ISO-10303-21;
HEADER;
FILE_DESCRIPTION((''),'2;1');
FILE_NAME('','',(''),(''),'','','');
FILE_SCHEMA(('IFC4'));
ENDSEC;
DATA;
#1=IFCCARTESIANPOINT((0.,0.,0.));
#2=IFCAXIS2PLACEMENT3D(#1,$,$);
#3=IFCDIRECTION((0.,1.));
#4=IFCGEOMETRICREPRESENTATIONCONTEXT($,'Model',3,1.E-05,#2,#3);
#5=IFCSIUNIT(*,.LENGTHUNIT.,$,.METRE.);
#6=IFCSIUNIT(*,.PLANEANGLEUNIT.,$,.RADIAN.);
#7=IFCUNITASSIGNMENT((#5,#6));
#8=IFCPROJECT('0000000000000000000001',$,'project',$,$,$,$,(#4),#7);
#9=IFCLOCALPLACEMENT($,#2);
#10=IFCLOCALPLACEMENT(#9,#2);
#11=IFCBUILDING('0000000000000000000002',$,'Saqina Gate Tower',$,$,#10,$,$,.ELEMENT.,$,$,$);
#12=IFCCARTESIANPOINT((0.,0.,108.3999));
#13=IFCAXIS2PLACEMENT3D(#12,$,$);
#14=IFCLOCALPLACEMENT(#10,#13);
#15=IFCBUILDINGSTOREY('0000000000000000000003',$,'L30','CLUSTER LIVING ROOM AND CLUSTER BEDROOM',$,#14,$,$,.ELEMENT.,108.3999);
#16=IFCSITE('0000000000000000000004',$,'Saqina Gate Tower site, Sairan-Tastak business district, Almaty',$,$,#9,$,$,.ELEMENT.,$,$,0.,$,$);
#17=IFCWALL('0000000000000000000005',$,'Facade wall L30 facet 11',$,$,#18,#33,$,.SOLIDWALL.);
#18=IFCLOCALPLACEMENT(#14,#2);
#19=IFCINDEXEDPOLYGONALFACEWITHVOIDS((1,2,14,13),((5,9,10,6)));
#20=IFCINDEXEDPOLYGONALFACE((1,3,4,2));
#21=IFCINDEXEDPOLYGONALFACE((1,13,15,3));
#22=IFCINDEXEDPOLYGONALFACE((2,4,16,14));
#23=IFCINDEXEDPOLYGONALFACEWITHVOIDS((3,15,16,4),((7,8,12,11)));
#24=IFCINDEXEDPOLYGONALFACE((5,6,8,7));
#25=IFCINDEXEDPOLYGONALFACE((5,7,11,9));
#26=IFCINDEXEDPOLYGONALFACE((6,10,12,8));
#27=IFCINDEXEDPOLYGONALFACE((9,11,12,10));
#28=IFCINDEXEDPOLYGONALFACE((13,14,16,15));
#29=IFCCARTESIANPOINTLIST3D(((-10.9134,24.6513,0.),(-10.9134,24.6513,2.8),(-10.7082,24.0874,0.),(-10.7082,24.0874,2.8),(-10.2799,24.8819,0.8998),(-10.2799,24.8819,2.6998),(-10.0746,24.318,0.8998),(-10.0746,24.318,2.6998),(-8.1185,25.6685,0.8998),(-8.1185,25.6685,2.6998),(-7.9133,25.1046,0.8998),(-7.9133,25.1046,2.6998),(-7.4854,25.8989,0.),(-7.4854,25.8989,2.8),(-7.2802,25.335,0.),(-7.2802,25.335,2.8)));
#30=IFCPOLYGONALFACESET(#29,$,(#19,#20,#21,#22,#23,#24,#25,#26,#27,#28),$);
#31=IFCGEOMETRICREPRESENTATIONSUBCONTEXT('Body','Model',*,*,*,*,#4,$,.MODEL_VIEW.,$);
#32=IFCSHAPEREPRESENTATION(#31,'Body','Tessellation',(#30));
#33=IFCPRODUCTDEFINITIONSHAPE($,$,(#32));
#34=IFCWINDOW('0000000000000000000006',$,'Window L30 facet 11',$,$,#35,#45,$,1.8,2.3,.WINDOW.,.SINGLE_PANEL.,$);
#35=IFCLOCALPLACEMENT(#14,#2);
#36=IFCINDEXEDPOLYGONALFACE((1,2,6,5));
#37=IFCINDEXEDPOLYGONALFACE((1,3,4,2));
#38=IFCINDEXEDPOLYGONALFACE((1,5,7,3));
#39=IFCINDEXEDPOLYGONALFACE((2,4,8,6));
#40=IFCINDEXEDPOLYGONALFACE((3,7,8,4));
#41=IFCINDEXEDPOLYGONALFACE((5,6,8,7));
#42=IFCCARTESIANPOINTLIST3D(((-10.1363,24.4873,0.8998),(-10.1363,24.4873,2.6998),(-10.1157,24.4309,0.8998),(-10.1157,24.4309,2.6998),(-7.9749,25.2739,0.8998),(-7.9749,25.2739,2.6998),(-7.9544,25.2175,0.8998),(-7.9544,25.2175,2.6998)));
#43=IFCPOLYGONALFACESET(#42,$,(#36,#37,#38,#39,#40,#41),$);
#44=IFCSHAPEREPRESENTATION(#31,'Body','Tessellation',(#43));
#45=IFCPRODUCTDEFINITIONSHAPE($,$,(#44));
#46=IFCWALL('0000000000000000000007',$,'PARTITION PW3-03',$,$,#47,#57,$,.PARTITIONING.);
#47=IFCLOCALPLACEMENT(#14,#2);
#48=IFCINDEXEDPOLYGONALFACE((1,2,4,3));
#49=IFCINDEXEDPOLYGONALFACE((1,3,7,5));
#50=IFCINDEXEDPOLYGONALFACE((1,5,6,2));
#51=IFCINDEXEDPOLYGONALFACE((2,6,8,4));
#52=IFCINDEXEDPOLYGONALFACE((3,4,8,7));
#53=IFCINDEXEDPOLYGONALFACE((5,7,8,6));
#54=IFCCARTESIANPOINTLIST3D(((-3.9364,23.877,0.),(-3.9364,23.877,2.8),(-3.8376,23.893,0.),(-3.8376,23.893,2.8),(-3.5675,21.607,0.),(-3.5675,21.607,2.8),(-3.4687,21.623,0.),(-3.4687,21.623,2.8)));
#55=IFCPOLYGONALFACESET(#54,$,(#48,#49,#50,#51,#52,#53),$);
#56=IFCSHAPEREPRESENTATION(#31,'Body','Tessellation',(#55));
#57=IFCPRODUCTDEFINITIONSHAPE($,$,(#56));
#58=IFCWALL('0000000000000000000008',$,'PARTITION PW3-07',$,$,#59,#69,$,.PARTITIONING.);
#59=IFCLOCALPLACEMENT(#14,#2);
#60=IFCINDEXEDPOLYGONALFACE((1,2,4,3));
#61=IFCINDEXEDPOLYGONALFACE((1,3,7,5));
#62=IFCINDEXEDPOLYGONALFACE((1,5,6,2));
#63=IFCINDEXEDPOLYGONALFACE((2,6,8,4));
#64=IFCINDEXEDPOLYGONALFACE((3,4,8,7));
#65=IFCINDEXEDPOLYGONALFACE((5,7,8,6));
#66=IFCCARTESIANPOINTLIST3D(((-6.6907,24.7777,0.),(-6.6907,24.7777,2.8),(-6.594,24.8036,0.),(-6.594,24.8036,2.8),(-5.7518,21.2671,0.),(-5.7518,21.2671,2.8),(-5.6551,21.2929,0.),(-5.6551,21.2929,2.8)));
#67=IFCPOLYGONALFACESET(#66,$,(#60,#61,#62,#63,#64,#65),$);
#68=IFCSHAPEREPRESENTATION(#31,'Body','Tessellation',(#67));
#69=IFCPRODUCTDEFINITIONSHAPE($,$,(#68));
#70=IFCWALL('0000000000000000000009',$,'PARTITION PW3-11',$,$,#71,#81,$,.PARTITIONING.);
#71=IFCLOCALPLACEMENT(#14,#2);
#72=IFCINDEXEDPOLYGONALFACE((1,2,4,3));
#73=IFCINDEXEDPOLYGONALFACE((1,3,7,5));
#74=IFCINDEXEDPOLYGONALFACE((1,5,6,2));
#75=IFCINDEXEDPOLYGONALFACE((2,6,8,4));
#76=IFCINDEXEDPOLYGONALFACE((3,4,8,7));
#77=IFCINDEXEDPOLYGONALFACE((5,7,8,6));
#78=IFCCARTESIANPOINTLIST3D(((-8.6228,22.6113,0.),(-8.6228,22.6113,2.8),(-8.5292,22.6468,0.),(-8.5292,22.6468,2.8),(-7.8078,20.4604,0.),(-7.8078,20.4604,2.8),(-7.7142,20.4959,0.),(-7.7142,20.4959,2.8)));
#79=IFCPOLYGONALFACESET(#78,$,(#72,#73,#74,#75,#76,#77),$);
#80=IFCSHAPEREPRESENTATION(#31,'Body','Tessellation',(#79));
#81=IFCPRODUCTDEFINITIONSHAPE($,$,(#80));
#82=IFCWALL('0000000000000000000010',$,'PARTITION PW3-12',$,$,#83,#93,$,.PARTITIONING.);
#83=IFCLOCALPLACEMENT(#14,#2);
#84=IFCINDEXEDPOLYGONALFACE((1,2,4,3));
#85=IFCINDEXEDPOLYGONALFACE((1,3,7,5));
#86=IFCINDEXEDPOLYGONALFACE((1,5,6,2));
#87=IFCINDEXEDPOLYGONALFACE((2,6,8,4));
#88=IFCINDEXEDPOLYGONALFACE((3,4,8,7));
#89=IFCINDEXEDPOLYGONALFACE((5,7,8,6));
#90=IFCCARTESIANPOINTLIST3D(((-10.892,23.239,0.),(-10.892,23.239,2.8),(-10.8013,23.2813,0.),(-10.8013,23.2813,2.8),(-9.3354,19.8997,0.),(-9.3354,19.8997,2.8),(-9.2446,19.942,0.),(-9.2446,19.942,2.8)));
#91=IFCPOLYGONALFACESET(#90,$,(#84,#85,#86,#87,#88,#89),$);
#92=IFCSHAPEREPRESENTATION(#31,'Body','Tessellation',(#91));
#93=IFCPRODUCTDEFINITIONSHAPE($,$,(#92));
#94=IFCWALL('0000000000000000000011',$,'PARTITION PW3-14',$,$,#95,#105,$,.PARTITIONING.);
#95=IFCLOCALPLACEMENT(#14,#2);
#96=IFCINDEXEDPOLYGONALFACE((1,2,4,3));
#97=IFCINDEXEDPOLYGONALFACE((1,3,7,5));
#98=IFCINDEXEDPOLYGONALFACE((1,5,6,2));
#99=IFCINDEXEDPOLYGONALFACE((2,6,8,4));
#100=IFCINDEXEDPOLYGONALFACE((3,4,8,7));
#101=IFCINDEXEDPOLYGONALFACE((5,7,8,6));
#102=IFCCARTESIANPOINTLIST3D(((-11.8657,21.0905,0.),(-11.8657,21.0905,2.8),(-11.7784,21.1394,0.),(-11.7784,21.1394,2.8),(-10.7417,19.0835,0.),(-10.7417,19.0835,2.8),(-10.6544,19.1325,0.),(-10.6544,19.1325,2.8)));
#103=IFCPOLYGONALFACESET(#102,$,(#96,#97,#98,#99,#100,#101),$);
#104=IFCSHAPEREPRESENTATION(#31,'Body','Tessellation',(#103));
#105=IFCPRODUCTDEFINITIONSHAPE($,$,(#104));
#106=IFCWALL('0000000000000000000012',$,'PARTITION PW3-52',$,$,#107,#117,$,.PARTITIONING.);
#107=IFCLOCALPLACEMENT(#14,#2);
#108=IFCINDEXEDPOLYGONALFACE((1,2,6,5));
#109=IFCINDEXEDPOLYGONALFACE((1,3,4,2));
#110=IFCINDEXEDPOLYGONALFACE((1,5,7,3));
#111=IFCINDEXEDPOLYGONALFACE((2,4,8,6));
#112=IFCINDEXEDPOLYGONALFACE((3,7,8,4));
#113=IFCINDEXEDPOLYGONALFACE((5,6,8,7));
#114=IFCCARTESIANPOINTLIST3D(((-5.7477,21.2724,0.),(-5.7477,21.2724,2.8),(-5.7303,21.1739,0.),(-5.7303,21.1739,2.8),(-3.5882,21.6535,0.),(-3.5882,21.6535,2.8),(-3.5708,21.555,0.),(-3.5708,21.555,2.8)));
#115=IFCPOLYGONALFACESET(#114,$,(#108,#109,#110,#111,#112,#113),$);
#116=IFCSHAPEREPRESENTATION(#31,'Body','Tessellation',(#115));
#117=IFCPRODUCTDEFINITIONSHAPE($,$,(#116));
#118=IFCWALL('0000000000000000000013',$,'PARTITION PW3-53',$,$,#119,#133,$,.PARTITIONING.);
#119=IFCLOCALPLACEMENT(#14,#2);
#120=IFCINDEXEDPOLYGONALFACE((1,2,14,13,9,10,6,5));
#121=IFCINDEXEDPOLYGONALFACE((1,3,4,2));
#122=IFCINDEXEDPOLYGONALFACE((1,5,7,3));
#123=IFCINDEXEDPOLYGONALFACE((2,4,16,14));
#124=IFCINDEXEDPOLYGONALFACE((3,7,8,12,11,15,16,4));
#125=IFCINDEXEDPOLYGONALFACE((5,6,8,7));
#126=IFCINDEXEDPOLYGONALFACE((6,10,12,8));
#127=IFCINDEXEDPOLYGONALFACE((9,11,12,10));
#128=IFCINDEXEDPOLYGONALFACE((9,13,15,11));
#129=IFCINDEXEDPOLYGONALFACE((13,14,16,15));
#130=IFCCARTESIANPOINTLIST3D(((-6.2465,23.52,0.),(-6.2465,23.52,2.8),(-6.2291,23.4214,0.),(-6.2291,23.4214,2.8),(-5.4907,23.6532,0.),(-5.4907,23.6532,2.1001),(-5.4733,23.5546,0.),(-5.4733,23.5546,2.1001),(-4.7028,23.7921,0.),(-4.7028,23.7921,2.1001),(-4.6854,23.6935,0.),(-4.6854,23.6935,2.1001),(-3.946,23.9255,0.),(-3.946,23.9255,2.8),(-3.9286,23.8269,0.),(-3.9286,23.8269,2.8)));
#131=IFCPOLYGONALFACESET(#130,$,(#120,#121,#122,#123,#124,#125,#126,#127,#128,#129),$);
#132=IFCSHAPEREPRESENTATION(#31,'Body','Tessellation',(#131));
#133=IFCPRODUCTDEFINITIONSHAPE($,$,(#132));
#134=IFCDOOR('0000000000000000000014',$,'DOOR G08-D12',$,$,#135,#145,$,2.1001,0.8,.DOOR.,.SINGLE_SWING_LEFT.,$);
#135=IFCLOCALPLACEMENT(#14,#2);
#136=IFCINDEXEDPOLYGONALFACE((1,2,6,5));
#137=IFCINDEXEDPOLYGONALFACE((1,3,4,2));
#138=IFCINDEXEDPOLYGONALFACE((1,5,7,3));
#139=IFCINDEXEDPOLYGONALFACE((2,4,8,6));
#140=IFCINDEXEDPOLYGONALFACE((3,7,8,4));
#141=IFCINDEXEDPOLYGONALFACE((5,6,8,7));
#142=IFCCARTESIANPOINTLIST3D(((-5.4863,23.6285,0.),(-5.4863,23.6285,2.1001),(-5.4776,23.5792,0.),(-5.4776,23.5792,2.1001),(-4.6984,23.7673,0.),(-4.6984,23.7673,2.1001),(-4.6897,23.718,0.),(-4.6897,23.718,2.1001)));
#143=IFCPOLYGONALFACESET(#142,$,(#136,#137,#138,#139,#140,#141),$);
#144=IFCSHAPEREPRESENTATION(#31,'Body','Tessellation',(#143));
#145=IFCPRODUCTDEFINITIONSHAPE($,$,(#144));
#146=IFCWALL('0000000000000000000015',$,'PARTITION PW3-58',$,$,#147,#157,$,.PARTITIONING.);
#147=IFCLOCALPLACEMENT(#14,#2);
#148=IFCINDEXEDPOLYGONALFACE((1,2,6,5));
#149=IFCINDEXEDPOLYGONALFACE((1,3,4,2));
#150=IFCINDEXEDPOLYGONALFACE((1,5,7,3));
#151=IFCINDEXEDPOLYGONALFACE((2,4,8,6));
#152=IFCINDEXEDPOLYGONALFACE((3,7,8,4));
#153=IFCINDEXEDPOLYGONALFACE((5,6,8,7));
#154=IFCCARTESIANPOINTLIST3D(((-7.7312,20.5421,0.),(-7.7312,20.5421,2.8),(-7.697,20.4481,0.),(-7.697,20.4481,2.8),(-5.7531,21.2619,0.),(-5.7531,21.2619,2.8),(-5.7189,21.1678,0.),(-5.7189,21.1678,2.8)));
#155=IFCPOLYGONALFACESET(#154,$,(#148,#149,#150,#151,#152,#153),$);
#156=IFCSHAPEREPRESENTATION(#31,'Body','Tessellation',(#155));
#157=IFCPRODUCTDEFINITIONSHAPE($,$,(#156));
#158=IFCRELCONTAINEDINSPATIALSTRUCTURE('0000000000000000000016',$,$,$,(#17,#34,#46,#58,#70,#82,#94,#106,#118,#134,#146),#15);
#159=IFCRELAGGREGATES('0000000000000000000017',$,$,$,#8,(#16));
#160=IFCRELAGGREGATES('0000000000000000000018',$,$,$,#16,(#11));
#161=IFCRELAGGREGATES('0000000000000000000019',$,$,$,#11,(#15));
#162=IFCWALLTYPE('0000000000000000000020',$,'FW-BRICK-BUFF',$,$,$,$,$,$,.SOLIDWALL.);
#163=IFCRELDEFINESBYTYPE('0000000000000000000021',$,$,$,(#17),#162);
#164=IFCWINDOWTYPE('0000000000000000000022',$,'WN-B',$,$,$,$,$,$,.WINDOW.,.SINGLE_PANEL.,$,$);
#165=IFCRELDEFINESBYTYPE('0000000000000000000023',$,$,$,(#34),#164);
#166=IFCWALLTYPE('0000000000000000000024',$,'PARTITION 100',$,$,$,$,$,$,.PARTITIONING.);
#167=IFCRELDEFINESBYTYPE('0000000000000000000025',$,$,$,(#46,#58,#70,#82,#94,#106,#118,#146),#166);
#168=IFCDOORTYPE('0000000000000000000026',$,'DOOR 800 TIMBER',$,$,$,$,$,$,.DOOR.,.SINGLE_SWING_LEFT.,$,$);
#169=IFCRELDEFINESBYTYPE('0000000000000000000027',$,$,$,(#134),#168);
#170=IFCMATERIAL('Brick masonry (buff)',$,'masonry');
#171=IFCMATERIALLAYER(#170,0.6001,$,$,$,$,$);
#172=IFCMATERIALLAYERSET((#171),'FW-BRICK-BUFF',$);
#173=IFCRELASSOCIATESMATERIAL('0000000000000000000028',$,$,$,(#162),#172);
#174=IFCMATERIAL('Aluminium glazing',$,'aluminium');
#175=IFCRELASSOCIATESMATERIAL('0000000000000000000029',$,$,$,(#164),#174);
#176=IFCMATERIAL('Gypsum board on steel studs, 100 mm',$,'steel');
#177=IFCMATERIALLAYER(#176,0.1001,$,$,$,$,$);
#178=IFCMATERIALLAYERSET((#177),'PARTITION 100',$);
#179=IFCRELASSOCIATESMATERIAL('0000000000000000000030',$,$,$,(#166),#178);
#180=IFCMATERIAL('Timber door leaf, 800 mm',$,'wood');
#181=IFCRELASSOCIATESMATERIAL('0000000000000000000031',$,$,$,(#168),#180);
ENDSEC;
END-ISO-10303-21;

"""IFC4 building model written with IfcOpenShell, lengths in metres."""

from ifc_helpers import new_model, si_unit, direction, frame, frame_2d, origin, place, context, subcontext, project, spatial, rectangle, extrude, material, layer, layer_set, type_object, element, fill, save


model = new_model("IFC4")

# Units and contexts
model_context = context("Model", 3, precision=1e-05, world=origin(), true_north=direction((0.0, 1.0)))
body_context = subcontext(model_context, "Body", "Model", "MODEL_VIEW")
ifc_project = project(units=[si_unit("LENGTHUNIT", "METRE"), si_unit("PLANEANGLEUNIT", "RADIAN")], contexts=[model_context])

# Site, building, storey
site_placement = place(None, origin())
site = spatial("IfcSite", under=ifc_project, at=site_placement, Name="Saqina Gate Tower site, Sairan-Tastak business district, Almaty", CompositionType="ELEMENT", RefElevation=0.0)
building_placement = place(site_placement, origin())
building = spatial("IfcBuilding", under=site, at=building_placement, Name="Saqina Gate Tower", CompositionType="ELEMENT")
storey_placement = place(building_placement, frame((0.0, 0.0, 108.3999)))
storey = spatial("IfcBuildingStorey", under=building, at=storey_placement, Name="L30", Description="CLUSTER LIVING ROOM AND CLUSTER BEDROOM", CompositionType="ELEMENT", Elevation=108.3999)

# Wall, opening, window
ifc_material_1 = material(Name="Brick masonry (buff)", Category="masonry")
ifc_layer_1 = layer(ifc_material_1, 0.6001)
ifc_layer_set_1 = layer_set([ifc_layer_1], Name="FW-BRICK-BUFF")
wall_type_1 = type_object("IfcWallType", Name="FW-BRICK-BUFF", PredefinedType="SOLIDWALL", material=ifc_layer_set_1)
ifc_material_2 = material(Name="Aluminium glazing", Category="aluminium")
window_type = type_object("IfcWindowType", Name="WN-B", PartitioningType="SINGLE_PANEL", PredefinedType="WINDOW", material=ifc_material_2)
wall_1_placement = place(storey_placement, frame((-7.3828, 25.6169, 0.0), z_axis=(0.0, 0.0, 1.0), x_axis=(-0.939704, -0.34199, 0.0)))
wall_1 = element("IfcWall", 1, at=wall_1_placement, inside=storey, type_object=wall_type_1, Name="Facade wall L30 facet 11", PredefinedType="SOLIDWALL", context=body_context, shape_type="SweptSolid", body=[
    extrude(rectangle(XDim=3.6479, YDim=0.6001, at=frame_2d((1.824, 0.0))), origin(), (0.0, 0.0, 1.0), 2.8),
])
opening_1_placement = place(wall_1_placement, frame((0.6738, 0.0, 0.8999)))
opening_1 = element("IfcOpeningElement", 2, at=opening_1_placement, cuts=wall_1, PredefinedType="OPENING", context=body_context, shape_type="SweptSolid", body=[
    extrude(rectangle(XDim=2.3, YDim=1.8, at=frame_2d((1.1499, 0.8999))), frame((0.0, 0.312, 0.0), z_axis=(0.0, -1.0, 0.0), x_axis=(1.0, 0.0, 0.0)), (0.0, 0.0, 1.0), 0.624),
])
window_1_placement = place(opening_1_placement, origin())
window_1 = element("IfcWindow", 3, at=window_1_placement, inside=storey, type_object=window_type, Name="Window L30 facet 11", OverallHeight=1.8, OverallWidth=2.3, PartitioningType="SINGLE_PANEL", PredefinedType="WINDOW", context=body_context, shape_type="SweptSolid", body=[
    extrude(rectangle(XDim=2.3, YDim=1.8, at=frame_2d((1.1499, 0.8999))), frame((0.0, 0.1799, 0.0), z_axis=(0.0, -1.0, 0.0), x_axis=(1.0, 0.0, 0.0)), (0.0, 0.0, 1.0), 0.0601),
])
fill(opening_1, window_1)

# Walls
ifc_material_3 = material(Name="Gypsum board on steel studs, 100 mm", Category="steel")
ifc_layer_2 = layer(ifc_material_3, 0.1001)
ifc_layer_set_2 = layer_set([ifc_layer_2], Name="PARTITION 100")
wall_type_2 = type_object("IfcWallType", Name="PARTITION 100", PredefinedType="PARTITIONING", material=ifc_layer_set_2)
wall_2_placement = place(storey_placement, frame((-3.887, 23.885, 0.0), z_axis=(0.0, 0.0, 1.0), x_axis=(0.160404, -0.987051, 0.0)))
element("IfcWall", 4, at=wall_2_placement, inside=storey, type_object=wall_type_2, Name="PARTITION PW3-03", PredefinedType="PARTITIONING", context=body_context, shape_type="SweptSolid", body=[
    extrude(rectangle(XDim=2.2998, YDim=0.1001, at=frame_2d((1.1499, 0.0))), origin(), (0.0, 0.0, 1.0), 2.8),
])
wall_3_placement = place(storey_placement, frame((-6.6423, 24.7905, 0.0), z_axis=(0.0, 0.0, 1.0), x_axis=(0.258373, -0.966045, 0.0)))
element("IfcWall", 5, at=wall_3_placement, inside=storey, type_object=wall_type_2, Name="PARTITION PW3-07", PredefinedType="PARTITIONING", context=body_context, shape_type="SweptSolid", body=[
    extrude(rectangle(XDim=3.634, YDim=0.1001, at=frame_2d((1.8169, 0.0))), origin(), (0.0, 0.0, 1.0), 2.8),
])
wall_4_placement = place(storey_placement, frame((-8.5759, 22.6289, 0.0), z_axis=(0.0, 0.0, 1.0), x_axis=(0.354309, -0.935129, 0.0)))
element("IfcWall", 6, at=wall_4_placement, inside=storey, type_object=wall_type_2, Name="PARTITION PW3-11", PredefinedType="PARTITIONING", context=body_context, shape_type="SweptSolid", body=[
    extrude(rectangle(XDim=2.3, YDim=0.1001, at=frame_2d((1.1499, 0.0))), origin(), (0.0, 0.0, 1.0), 2.8),
])
wall_5_placement = place(storey_placement, frame((-10.8467, 23.2603, 0.0), z_axis=(0.0, 0.0, 1.0), x_axis=(0.422501, -0.906363, 0.0)))
element("IfcWall", 7, at=wall_5_placement, inside=storey, type_object=wall_type_2, Name="PARTITION PW3-12", PredefinedType="PARTITIONING", context=body_context, shape_type="SweptSolid", body=[
    extrude(rectangle(XDim=3.6843, YDim=0.1001, at=frame_2d((1.8423, 0.0))), origin(), (0.0, 0.0, 1.0), 2.8),
])
wall_6_placement = place(storey_placement, frame((-11.822, 21.115, 0.0), z_axis=(0.0, 0.0, 1.0), x_axis=(0.488623, -0.872495, 0.0)))
element("IfcWall", 8, at=wall_6_placement, inside=storey, type_object=wall_type_2, Name="PARTITION PW3-14", PredefinedType="PARTITIONING", context=body_context, shape_type="SweptSolid", body=[
    extrude(rectangle(XDim=2.3003, YDim=0.1001, at=frame_2d((1.1501, 0.0))), origin(), (0.0, 0.0, 1.0), 2.8),
])
wall_7_placement = place(storey_placement, frame((-5.739, 21.2231, 0.0), z_axis=(0.0, 0.0, 1.0), x_axis=(0.984781, 0.173798, 0.0)))
element("IfcWall", 9, at=wall_7_placement, inside=storey, type_object=wall_type_2, Name="PARTITION PW3-52", PredefinedType="PARTITIONING", context=body_context, shape_type="SweptSolid", body=[
    extrude(rectangle(XDim=2.1929, YDim=0.1001, at=frame_2d((1.0964, 0.0))), origin(), (0.0, 0.0, 1.0), 2.8),
])

# Wall, opening, door
wall_8_placement = place(storey_placement, frame((-6.2378, 23.4707, 0.0), z_axis=(0.0, 0.0, 1.0), x_axis=(0.984817, 0.173595, 0.0)))
wall_8 = element("IfcWall", 10, at=wall_8_placement, inside=storey, type_object=wall_type_2, Name="PARTITION PW3-53", PredefinedType="PARTITIONING", context=body_context, shape_type="SweptSolid", body=[
    extrude(rectangle(XDim=2.3359, YDim=0.1001, at=frame_2d((1.168, 0.0))), origin(), (0.0, 0.0, 1.0), 2.8),
])
opening_2_placement = place(wall_8_placement, frame((0.7676, 0.0, 0.0)))
opening_2 = element("IfcOpeningElement", 11, at=opening_2_placement, cuts=wall_8, PredefinedType="OPENING", context=body_context, shape_type="SweptSolid", body=[
    extrude(rectangle(XDim=0.8, YDim=2.1001, at=frame_2d((0.3999, 1.05))), frame((0.0, 0.062, 0.0), z_axis=(0.0, -1.0, 0.0), x_axis=(1.0, 0.0, 0.0)), (0.0, 0.0, 1.0), 0.124),
])
ifc_material_4 = material(Name="Timber door leaf, 800 mm", Category="wood")
door_type_1 = type_object("IfcDoorType", Name="DOOR 800 TIMBER", OperationType="SINGLE_SWING_LEFT", PredefinedType="DOOR", material=ifc_material_4)
door_1_placement = place(opening_2_placement, origin())
door_1 = element("IfcDoor", 12, at=door_1_placement, inside=storey, type_object=door_type_1, Name="DOOR G08-D12", OperationType="SINGLE_SWING_LEFT", OverallHeight=2.1001, OverallWidth=0.8, PredefinedType="DOOR", context=body_context, shape_type="SweptSolid", body=[
    extrude(rectangle(XDim=0.8, YDim=2.1001, at=frame_2d((0.3999, 1.05))), frame((0.0, 0.0249, 0.0), z_axis=(0.0, -1.0, 0.0), x_axis=(1.0, 0.0, 0.0)), (0.0, 0.0, 1.0), 0.05),
])
fill(opening_2, door_1)

# Wall
wall_9_placement = place(storey_placement, frame((-7.7141, 20.4951, 0.0), z_axis=(0.0, 0.0, 1.0), x_axis=(0.939726, 0.341929, 0.0)))
element("IfcWall", 13, at=wall_9_placement, inside=storey, type_object=wall_type_2, Name="PARTITION PW3-58", PredefinedType="PARTITIONING", context=body_context, shape_type="SweptSolid", body=[
    extrude(rectangle(XDim=2.105, YDim=0.1001, at=frame_2d((1.0525, 0.0))), origin(), (0.0, 0.0, 1.0), 2.8),
])

save(model, "model.ifc")
